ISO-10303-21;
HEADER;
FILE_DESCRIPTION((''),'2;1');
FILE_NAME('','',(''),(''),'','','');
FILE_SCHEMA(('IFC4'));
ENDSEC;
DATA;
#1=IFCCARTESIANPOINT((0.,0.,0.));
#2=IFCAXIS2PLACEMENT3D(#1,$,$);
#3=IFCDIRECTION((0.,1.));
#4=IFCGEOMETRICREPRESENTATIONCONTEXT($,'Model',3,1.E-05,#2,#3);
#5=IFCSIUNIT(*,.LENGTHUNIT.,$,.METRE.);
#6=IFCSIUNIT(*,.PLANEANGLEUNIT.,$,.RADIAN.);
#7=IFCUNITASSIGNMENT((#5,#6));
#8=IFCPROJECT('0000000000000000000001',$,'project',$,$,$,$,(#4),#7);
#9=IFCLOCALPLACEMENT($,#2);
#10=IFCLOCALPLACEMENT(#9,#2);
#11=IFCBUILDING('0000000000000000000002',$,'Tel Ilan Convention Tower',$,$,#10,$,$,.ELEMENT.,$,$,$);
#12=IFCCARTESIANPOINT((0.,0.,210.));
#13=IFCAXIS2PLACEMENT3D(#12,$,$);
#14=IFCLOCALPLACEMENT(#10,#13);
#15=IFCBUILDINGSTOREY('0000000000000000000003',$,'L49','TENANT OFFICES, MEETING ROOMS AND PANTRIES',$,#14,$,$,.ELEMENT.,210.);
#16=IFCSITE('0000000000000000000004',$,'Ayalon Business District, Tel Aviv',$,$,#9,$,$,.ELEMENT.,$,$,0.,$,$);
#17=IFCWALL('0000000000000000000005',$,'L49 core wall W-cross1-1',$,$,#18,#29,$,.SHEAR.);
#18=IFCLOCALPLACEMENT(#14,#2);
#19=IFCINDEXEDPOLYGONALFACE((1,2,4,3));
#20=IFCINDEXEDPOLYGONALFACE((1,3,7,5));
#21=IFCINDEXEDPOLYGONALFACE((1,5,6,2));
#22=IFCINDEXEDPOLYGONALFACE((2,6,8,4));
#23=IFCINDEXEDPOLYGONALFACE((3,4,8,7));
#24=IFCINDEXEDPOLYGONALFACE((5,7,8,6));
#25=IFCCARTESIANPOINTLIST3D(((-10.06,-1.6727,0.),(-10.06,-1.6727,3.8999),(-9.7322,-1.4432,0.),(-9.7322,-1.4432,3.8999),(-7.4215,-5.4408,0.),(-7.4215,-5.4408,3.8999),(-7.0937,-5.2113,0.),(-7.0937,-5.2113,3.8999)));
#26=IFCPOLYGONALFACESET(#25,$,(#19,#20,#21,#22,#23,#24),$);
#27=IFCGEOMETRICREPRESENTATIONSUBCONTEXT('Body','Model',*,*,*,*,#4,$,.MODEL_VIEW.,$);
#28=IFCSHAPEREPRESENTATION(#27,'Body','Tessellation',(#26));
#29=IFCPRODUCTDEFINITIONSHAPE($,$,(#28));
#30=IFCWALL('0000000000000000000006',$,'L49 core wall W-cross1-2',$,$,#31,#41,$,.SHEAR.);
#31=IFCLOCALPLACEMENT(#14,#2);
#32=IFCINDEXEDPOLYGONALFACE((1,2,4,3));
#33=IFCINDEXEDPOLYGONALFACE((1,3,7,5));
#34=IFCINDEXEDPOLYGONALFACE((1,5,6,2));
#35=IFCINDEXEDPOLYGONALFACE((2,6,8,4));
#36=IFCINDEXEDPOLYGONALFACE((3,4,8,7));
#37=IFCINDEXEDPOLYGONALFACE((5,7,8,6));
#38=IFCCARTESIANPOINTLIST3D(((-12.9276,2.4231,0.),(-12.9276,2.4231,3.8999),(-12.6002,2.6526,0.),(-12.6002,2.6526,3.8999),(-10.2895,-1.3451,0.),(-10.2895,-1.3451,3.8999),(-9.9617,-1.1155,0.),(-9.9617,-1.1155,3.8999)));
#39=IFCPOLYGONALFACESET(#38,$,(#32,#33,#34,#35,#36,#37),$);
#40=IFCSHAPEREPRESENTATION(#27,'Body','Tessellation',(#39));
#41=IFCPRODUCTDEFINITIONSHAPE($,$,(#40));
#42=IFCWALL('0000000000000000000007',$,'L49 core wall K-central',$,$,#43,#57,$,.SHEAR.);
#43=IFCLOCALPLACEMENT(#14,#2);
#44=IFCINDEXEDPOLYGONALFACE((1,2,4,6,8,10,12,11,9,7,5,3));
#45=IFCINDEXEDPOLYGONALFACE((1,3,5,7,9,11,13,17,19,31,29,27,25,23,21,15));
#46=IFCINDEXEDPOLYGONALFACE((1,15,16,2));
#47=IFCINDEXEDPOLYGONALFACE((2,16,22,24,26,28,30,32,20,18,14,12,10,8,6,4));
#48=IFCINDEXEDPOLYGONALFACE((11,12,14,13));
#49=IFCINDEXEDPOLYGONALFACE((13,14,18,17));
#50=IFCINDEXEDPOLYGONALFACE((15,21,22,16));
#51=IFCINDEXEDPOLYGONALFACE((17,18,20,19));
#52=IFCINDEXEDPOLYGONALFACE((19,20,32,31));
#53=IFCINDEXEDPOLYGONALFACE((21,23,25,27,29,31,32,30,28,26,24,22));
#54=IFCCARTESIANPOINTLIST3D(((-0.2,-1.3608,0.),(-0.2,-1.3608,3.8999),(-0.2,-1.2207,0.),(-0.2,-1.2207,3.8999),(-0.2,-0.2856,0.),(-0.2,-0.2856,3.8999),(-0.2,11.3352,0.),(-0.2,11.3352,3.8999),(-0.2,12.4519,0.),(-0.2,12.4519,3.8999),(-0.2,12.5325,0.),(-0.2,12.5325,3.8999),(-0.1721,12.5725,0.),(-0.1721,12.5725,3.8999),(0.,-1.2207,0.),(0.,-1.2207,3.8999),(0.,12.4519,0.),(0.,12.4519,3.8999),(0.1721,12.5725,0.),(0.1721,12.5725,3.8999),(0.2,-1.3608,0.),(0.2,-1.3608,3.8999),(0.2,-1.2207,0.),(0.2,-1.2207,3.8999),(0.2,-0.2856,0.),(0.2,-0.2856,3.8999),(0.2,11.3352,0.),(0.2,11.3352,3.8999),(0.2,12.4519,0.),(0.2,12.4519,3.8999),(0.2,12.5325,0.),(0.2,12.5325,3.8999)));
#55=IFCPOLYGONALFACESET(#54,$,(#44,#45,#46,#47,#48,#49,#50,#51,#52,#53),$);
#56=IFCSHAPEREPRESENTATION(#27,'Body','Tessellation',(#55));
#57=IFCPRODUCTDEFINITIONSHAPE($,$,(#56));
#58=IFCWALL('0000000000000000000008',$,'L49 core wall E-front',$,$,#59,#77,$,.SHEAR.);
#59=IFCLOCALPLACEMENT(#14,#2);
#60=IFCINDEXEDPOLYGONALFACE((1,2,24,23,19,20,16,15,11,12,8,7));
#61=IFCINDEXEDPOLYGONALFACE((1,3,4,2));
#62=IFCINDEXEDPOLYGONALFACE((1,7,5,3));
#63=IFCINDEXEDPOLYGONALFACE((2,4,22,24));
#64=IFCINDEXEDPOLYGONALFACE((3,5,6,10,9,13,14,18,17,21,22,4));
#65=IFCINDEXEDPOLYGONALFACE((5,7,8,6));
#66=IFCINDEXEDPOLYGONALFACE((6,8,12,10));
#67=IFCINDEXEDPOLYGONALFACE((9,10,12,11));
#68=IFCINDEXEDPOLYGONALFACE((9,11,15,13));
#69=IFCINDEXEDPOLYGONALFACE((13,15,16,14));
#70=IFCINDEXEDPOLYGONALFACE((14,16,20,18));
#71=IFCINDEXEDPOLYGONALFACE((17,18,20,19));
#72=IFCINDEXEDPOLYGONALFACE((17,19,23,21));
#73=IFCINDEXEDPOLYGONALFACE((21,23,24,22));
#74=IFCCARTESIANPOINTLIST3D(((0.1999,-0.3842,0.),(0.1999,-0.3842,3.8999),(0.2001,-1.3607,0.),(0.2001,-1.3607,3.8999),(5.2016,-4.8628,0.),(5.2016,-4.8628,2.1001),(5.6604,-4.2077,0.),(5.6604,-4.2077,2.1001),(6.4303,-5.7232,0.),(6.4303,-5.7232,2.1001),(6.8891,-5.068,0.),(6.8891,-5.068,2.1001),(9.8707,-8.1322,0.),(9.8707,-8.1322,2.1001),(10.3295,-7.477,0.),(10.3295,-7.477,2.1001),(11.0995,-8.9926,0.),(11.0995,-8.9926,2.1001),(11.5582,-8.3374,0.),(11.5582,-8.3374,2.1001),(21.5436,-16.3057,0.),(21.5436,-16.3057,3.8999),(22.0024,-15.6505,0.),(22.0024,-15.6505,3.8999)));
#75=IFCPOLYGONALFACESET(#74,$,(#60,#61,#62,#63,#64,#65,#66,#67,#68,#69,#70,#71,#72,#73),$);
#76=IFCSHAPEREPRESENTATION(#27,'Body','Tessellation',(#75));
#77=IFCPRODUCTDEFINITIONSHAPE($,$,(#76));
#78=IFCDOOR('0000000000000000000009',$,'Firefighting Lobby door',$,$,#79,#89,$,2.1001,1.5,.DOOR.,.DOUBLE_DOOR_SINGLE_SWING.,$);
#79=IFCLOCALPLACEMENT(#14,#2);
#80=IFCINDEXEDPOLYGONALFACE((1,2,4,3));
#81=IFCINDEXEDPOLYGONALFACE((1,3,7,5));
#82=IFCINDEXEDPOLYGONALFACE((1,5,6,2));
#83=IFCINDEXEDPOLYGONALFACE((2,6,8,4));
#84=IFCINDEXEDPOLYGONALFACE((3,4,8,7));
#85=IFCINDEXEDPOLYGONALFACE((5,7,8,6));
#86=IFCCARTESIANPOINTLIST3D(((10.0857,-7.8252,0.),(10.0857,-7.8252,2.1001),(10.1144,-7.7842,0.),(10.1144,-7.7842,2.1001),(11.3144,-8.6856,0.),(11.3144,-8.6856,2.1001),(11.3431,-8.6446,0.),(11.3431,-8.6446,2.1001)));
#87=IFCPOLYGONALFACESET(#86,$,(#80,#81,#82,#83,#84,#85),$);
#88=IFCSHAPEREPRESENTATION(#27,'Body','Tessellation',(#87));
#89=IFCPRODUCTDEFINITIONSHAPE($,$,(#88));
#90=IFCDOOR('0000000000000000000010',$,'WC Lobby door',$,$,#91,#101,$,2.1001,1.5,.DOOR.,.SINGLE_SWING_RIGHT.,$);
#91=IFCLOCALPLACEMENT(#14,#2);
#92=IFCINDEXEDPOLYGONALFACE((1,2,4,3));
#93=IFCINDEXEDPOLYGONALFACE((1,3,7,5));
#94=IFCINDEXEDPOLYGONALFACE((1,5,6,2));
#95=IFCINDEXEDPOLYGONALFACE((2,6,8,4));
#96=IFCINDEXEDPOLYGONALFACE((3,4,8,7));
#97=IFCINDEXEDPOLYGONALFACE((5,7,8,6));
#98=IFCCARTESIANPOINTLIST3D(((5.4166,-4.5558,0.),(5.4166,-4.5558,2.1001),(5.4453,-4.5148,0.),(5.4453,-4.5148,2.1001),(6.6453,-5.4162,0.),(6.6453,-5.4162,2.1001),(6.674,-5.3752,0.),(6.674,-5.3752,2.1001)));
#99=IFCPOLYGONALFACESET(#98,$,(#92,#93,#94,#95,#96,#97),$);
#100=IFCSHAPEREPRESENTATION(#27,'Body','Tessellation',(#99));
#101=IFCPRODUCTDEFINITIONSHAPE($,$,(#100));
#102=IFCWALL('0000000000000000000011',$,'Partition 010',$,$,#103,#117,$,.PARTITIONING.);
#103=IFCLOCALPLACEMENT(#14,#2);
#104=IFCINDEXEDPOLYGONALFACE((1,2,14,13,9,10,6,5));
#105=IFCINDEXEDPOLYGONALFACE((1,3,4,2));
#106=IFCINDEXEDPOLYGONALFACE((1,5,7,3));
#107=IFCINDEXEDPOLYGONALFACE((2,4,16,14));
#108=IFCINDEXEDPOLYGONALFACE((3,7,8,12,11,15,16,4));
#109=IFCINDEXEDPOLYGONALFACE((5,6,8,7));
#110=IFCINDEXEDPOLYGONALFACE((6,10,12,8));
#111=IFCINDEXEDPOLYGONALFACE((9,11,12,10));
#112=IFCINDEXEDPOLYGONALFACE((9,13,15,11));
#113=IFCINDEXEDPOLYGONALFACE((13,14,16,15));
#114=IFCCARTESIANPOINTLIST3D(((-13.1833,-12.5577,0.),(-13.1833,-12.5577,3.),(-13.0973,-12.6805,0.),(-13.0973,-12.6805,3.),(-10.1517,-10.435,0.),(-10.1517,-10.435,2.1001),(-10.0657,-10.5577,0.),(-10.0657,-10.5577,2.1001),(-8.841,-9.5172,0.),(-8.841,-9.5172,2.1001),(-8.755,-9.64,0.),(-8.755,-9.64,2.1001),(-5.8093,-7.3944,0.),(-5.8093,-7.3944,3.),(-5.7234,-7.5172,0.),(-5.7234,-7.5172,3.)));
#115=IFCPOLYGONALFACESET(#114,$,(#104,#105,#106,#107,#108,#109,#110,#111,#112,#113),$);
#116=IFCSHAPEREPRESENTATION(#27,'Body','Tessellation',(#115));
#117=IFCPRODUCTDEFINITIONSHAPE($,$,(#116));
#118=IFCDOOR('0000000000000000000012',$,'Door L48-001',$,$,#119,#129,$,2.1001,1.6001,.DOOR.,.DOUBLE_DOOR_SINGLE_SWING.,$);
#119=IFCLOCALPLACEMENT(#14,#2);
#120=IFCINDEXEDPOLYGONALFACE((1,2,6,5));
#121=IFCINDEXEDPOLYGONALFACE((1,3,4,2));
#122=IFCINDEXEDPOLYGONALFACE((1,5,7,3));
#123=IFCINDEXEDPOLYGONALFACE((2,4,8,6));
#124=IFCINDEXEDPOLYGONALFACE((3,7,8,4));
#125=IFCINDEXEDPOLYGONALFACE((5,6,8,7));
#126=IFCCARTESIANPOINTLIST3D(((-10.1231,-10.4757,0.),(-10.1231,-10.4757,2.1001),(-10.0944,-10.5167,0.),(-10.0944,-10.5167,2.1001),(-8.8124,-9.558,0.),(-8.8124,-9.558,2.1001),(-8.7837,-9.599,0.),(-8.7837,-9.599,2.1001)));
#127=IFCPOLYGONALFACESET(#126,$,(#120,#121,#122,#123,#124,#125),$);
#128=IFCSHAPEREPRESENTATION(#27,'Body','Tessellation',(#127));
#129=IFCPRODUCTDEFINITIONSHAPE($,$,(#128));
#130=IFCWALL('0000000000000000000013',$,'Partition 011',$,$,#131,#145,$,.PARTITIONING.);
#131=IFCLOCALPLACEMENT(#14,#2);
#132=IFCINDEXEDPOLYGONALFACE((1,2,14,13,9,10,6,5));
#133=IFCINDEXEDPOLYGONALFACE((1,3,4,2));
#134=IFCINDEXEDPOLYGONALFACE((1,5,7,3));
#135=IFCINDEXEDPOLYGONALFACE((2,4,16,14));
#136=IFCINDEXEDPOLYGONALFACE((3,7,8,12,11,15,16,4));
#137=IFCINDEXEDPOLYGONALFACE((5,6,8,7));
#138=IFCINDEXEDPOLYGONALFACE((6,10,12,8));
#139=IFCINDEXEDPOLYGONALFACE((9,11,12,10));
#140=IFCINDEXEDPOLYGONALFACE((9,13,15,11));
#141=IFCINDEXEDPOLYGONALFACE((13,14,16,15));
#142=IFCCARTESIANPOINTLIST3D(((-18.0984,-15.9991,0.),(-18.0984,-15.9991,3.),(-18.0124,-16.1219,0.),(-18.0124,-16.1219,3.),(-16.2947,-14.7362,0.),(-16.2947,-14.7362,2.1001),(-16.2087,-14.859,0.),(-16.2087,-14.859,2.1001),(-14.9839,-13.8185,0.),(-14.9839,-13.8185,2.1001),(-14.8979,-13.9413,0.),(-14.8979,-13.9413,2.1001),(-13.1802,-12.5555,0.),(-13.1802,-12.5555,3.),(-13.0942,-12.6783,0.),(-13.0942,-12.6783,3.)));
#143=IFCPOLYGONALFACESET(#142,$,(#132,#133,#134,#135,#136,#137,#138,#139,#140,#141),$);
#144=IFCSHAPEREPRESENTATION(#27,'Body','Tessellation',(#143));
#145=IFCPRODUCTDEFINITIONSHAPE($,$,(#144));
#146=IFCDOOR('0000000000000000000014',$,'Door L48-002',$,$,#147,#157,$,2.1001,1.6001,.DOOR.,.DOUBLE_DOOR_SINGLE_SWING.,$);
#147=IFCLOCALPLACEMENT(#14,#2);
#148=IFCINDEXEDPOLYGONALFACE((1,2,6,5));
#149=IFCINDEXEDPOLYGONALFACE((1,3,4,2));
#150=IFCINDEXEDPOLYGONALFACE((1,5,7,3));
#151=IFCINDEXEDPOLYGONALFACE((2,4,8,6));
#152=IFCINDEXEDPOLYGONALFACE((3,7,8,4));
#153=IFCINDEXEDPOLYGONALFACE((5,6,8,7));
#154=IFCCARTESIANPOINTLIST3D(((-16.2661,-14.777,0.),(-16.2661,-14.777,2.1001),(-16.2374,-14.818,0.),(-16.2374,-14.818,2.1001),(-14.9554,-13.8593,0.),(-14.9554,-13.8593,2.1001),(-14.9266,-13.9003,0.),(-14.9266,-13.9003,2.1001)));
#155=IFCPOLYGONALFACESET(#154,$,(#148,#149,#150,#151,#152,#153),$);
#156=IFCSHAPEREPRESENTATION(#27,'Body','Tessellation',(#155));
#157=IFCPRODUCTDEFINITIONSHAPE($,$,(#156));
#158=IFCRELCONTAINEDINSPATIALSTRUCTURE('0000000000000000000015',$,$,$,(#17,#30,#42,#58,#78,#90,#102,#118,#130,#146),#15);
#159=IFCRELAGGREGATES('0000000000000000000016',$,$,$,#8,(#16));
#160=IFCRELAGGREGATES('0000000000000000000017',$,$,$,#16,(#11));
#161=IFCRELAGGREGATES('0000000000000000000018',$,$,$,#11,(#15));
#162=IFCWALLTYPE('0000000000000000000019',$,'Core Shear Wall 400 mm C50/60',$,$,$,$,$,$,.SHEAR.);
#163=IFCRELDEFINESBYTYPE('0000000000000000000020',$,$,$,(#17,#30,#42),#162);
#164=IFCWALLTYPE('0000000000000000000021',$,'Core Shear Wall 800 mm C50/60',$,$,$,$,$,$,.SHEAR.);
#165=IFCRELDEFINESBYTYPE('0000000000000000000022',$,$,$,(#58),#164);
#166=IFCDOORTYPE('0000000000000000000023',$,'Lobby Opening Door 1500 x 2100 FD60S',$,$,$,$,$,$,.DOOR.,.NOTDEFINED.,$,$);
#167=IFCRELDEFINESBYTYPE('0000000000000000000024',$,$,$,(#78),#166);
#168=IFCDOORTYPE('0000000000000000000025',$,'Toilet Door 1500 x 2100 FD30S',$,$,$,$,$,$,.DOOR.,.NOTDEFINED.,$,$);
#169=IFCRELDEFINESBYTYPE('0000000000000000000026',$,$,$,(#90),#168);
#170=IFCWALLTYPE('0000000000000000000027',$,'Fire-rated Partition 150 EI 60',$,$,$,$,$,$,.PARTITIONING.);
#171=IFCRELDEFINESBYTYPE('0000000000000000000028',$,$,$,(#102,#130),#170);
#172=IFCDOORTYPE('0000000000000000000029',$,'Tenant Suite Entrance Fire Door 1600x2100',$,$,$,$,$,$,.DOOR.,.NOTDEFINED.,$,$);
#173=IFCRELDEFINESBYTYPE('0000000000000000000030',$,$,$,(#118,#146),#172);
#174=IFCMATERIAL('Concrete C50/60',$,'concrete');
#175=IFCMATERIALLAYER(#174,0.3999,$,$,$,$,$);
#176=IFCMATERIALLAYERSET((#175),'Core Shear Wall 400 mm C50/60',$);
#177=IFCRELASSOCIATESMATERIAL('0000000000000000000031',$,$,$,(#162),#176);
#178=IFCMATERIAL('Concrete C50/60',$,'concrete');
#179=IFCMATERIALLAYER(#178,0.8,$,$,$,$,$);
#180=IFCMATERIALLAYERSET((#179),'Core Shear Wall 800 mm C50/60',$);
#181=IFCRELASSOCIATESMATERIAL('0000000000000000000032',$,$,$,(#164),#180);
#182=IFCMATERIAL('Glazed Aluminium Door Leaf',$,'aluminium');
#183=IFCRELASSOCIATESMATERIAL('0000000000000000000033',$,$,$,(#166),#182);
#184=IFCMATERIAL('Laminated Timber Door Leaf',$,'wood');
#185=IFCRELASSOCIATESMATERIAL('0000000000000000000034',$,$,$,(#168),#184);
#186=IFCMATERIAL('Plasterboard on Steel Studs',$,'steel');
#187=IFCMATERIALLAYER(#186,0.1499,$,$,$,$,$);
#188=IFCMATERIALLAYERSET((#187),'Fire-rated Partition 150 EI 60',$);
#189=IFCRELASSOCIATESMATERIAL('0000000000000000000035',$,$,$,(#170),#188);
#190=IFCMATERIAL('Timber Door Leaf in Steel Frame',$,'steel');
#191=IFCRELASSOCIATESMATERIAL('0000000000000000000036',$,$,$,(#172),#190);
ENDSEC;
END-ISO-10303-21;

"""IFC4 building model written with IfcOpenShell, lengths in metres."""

from ifc_helpers import new_model, si_unit, direction, frame, frame_2d, origin, place, context, subcontext, project, spatial, polyline, rectangle, outline, extrude, material, layer, layer_set, type_object, element, fill, save


model = new_model("IFC4")

# Units and contexts
model_context = context("Model", 3, precision=1e-05, world=origin(), true_north=direction((0.0, 1.0)))
body_context = subcontext(model_context, "Body", "Model", "MODEL_VIEW")
ifc_project = project(units=[si_unit("LENGTHUNIT", "METRE"), si_unit("PLANEANGLEUNIT", "RADIAN")], contexts=[model_context])

# Site, building, storey
site_placement = place(None, origin())
site = spatial("IfcSite", under=ifc_project, at=site_placement, Name="Ayalon Business District, Tel Aviv", CompositionType="ELEMENT", RefElevation=0.0)
building_placement = place(site_placement, origin())
building = spatial("IfcBuilding", under=site, at=building_placement, Name="Tel Ilan Convention Tower", CompositionType="ELEMENT")
storey_placement = place(building_placement, frame((0.0, 0.0, 210.0)))
storey = spatial("IfcBuildingStorey", under=building, at=storey_placement, Name="L49", Description="TENANT OFFICES, MEETING ROOMS AND PANTRIES", CompositionType="ELEMENT", Elevation=210.0)

# Walls
ifc_material_1 = material(Name="Concrete C50/60", Category="concrete")
ifc_layer_1 = layer(ifc_material_1, 0.3999)
ifc_layer_set_1 = layer_set([ifc_layer_1], Name="Core Shear Wall 400 mm C50/60")
wall_type_1 = type_object("IfcWallType", Name="Core Shear Wall 400 mm C50/60", PredefinedType="SHEAR", material=ifc_layer_set_1)
wall_1_placement = place(storey_placement, frame((-7.2578, -5.3259, 0.0), z_axis=(0.0, 0.0, 1.0), x_axis=(-0.573541, 0.819177, 0.0)))
element("IfcWall", 1, at=wall_1_placement, inside=storey, type_object=wall_type_1, Name="L49 core wall W-cross1-1", PredefinedType="SHEAR", context=body_context, shape_type="SweptSolid", body=[
    extrude(outline(polyline([(4.5999, 0.2002), (-0.0002, 0.2), (-0.0002, -0.2002), (4.5999, -0.2), (4.5999, 0.2002)])), origin(), (0.0, 0.0, 1.0), 3.8999),
])
wall_2_placement = place(storey_placement, frame((-10.1255, -1.2302, 0.0), z_axis=(0.0, 0.0, 1.0), x_axis=(-0.573576, 0.819152, 0.0)))
element("IfcWall", 2, at=wall_2_placement, inside=storey, type_object=wall_type_1, Name="L49 core wall W-cross1-2", PredefinedType="SHEAR", context=body_context, shape_type="SweptSolid", body=[
    extrude(outline(polyline([(4.6001, -0.2), (4.5999, 0.2), (0.0, 0.2002), (0.0, -0.2), (4.6001, -0.2)])), origin(), (0.0, 0.0, 1.0), 3.8999),
])
wall_3_placement = place(storey_placement, frame((0.0, -1.3608, 0.0), z_axis=(0.0, 0.0, 1.0), x_axis=(0.0, 1.0, 0.0)))
element("IfcWall", 3, at=wall_3_placement, inside=storey, type_object=wall_type_1, Name="L49 core wall K-central", PredefinedType="SHEAR", context=body_context, shape_type="SweptSolid", body=[
    extrude(outline(polyline([(0.0, -0.2), (0.1401, -0.2), (1.0752, -0.2), (12.696, -0.2), (13.8127, -0.2), (13.8933, -0.2), (13.9333, -0.1721), (13.8127, 0.0), (13.9333, 0.1721), (13.8933, 0.2), (13.8127, 0.2), (12.696, 0.2), (1.0752, 0.2), (0.1401, 0.2), (0.0, 0.2), (0.1401, 0.0), (0.0, -0.2)])), origin(), (0.0, 0.0, 1.0), 3.8999),
])

# Wall, openings, doors
ifc_material_2 = material(Name="Concrete C50/60", Category="concrete")
ifc_layer_2 = layer(ifc_material_2, 0.8)
ifc_layer_set_2 = layer_set([ifc_layer_2], Name="Core Shear Wall 800 mm C50/60")
wall_type_2 = type_object("IfcWallType", Name="Core Shear Wall 800 mm C50/60", PredefinedType="SHEAR", material=ifc_layer_set_2)
wall_4_placement = place(storey_placement, frame((-0.0293, -0.7119, 0.0), z_axis=(0.0, 0.0, 1.0), x_axis=(0.819152, -0.573577, 0.0)))
wall_4 = element("IfcWall", 4, at=wall_4_placement, inside=storey, type_object=wall_type_2, Name="L49 core wall E-front", PredefinedType="SHEAR", context=body_context, shape_type="SweptSolid", body=[
    extrude(outline(polyline([(26.6157, 0.3999), (-0.0002, 0.3999), (0.5601, -0.3999), (26.6157, -0.3999), (26.6157, 0.3999)])), origin(), (0.0, 0.0, 1.0), 3.8999),
])
opening_1_placement = place(wall_4_placement, frame((6.6658, 0.0, 0.0)))
opening_1 = element("IfcOpeningElement", 5, at=opening_1_placement, cuts=wall_4, PredefinedType="OPENING", context=body_context, shape_type="SweptSolid", body=[
    extrude(rectangle(XDim=1.5, YDim=2.1001, at=frame_2d((0.75, 1.05))), frame((0.0, 0.4099, 0.0), z_axis=(0.0, -1.0, 0.0), x_axis=(1.0, 0.0, 0.0)), (0.0, 0.0, 1.0), 0.8201),
])
opening_2_placement = place(wall_4_placement, frame((12.3657, 0.0, 0.0)))
opening_2 = element("IfcOpeningElement", 6, at=opening_2_placement, cuts=wall_4, PredefinedType="OPENING", context=body_context, shape_type="SweptSolid", body=[
    extrude(rectangle(XDim=1.5, YDim=2.1001, at=frame_2d((0.75, 1.05))), frame((0.0, 0.4099, 0.0), z_axis=(0.0, -1.0, 0.0), x_axis=(1.0, 0.0, 0.0)), (0.0, 0.0, 1.0), 0.8201),
])
ifc_material_3 = material(Name="Glazed Aluminium Door Leaf", Category="aluminium")
door_type_1 = type_object("IfcDoorType", Name="Lobby Opening Door 1500 x 2100 FD60S", OperationType="NOTDEFINED", PredefinedType="DOOR", material=ifc_material_3)
door_1_placement = place(opening_2_placement, origin())
door_1 = element("IfcDoor", 7, at=door_1_placement, inside=storey, type_object=door_type_1, Name="Firefighting Lobby door", OperationType="DOUBLE_DOOR_SINGLE_SWING", OverallHeight=2.1001, OverallWidth=1.5, PredefinedType="DOOR", context=body_context, shape_type="SweptSolid", body=[
    extrude(rectangle(XDim=1.5, YDim=2.1001, at=frame_2d((0.75, 1.05))), frame((0.0, 0.0249, 0.0), z_axis=(0.0, -1.0, 0.0), x_axis=(1.0, 0.0, 0.0)), (0.0, 0.0, 1.0), 0.05),
])
fill(opening_2, door_1)
ifc_material_4 = material(Name="Laminated Timber Door Leaf", Category="wood")
door_type_2 = type_object("IfcDoorType", Name="Toilet Door 1500 x 2100 FD30S", OperationType="NOTDEFINED", PredefinedType="DOOR", material=ifc_material_4)
door_2_placement = place(opening_1_placement, origin())
door_2 = element("IfcDoor", 8, at=door_2_placement, inside=storey, type_object=door_type_2, Name="WC Lobby door", OperationType="SINGLE_SWING_RIGHT", OverallHeight=2.1001, OverallWidth=1.5, PredefinedType="DOOR", context=body_context, shape_type="SweptSolid", body=[
    extrude(rectangle(XDim=1.5, YDim=2.1001, at=frame_2d((0.75, 1.05))), frame((0.0, 0.0249, 0.0), z_axis=(0.0, -1.0, 0.0), x_axis=(1.0, 0.0, 0.0)), (0.0, 0.0, 1.0), 0.05),
])
fill(opening_1, door_2)

# Walls, openings, doors
ifc_material_5 = material(Name="Plasterboard on Steel Studs", Category="steel")
ifc_layer_3 = layer(ifc_material_5, 0.1499)
ifc_layer_set_3 = layer_set([ifc_layer_3], Name="Fire-rated Partition 150 EI 60")
wall_type_3 = type_object("IfcWallType", Name="Fire-rated Partition 150 EI 60", PredefinedType="PARTITIONING", material=ifc_layer_set_3)
wall_5_placement = place(storey_placement, frame((-5.7664, -7.4558, 0.0), z_axis=(0.0, 0.0, 1.0), x_axis=(-0.819153, -0.573575, 0.0)))
wall_5 = element("IfcWall", 9, at=wall_5_placement, inside=storey, type_object=wall_type_3, Name="Partition 010", PredefinedType="PARTITIONING", context=body_context, shape_type="SweptSolid", body=[
    extrude(rectangle(XDim=9.002, YDim=0.1499, at=frame_2d((4.501, 0.0))), origin(), (0.0, 0.0, 1.0), 3.0),
])
opening_3_placement = place(wall_5_placement, frame((3.7009, 0.0, 0.0)))
opening_3 = element("IfcOpeningElement", 10, at=opening_3_placement, cuts=wall_5, PredefinedType="OPENING", context=body_context, shape_type="SweptSolid", body=[
    extrude(rectangle(XDim=1.6001, YDim=2.1001, at=frame_2d((0.8, 1.05))), frame((0.0, 0.085, 0.0), z_axis=(0.0, -1.0, 0.0), x_axis=(1.0, 0.0, 0.0)), (0.0, 0.0, 1.0), 0.1699),
])
ifc_material_6 = material(Name="Timber Door Leaf in Steel Frame", Category="steel")
door_type_3 = type_object("IfcDoorType", Name="Tenant Suite Entrance Fire Door 1600x2100", OperationType="NOTDEFINED", PredefinedType="DOOR", material=ifc_material_6)
door_3_placement = place(opening_3_placement, origin())
door_3 = element("IfcDoor", 11, at=door_3_placement, inside=storey, type_object=door_type_3, Name="Door L48-001", OperationType="DOUBLE_DOOR_SINGLE_SWING", OverallHeight=2.1001, OverallWidth=1.6001, PredefinedType="DOOR", context=body_context, shape_type="SweptSolid", body=[
    extrude(rectangle(XDim=1.6001, YDim=2.1001, at=frame_2d((0.8, 1.05))), frame((0.0, 0.0249, 0.0), z_axis=(0.0, -1.0, 0.0), x_axis=(1.0, 0.0, 0.0)), (0.0, 0.0, 1.0), 0.05),
])
fill(opening_3, door_3)
wall_6_placement = place(storey_placement, frame((-13.1372, -12.6169, 0.0), z_axis=(0.0, 0.0, 1.0), x_axis=(-0.819165, -0.573558, 0.0)))
wall_6 = element("IfcWall", 12, at=wall_6_placement, inside=storey, type_object=wall_type_3, Name="Partition 011", PredefinedType="PARTITIONING", context=body_context, shape_type="SweptSolid", body=[
    extrude(rectangle(XDim=6.0039, YDim=0.1499, at=frame_2d((3.002, 0.0))), origin(), (0.0, 0.0, 1.0), 3.0),
])
opening_4_placement = place(wall_6_placement, frame((2.2019, 0.0, 0.0)))
opening_4 = element("IfcOpeningElement", 13, at=opening_4_placement, cuts=wall_6, PredefinedType="OPENING", context=body_context, shape_type="SweptSolid", body=[
    extrude(rectangle(XDim=1.6001, YDim=2.1001, at=frame_2d((0.8, 1.05))), frame((0.0, 0.085, 0.0), z_axis=(0.0, -1.0, 0.0), x_axis=(1.0, 0.0, 0.0)), (0.0, 0.0, 1.0), 0.1699),
])
door_4_placement = place(opening_4_placement, origin())
door_4 = element("IfcDoor", 14, at=door_4_placement, inside=storey, type_object=door_type_3, Name="Door L48-002", OperationType="DOUBLE_DOOR_SINGLE_SWING", OverallHeight=2.1001, OverallWidth=1.6001, PredefinedType="DOOR", context=body_context, shape_type="SweptSolid", body=[
    extrude(rectangle(XDim=1.6001, YDim=2.1001, at=frame_2d((0.8, 1.05))), frame((0.0, 0.0249, 0.0), z_axis=(0.0, -1.0, 0.0), x_axis=(1.0, 0.0, 0.0)), (0.0, 0.0, 1.0), 0.05),
])
fill(opening_4, door_4)

save(model, "model.ifc")
